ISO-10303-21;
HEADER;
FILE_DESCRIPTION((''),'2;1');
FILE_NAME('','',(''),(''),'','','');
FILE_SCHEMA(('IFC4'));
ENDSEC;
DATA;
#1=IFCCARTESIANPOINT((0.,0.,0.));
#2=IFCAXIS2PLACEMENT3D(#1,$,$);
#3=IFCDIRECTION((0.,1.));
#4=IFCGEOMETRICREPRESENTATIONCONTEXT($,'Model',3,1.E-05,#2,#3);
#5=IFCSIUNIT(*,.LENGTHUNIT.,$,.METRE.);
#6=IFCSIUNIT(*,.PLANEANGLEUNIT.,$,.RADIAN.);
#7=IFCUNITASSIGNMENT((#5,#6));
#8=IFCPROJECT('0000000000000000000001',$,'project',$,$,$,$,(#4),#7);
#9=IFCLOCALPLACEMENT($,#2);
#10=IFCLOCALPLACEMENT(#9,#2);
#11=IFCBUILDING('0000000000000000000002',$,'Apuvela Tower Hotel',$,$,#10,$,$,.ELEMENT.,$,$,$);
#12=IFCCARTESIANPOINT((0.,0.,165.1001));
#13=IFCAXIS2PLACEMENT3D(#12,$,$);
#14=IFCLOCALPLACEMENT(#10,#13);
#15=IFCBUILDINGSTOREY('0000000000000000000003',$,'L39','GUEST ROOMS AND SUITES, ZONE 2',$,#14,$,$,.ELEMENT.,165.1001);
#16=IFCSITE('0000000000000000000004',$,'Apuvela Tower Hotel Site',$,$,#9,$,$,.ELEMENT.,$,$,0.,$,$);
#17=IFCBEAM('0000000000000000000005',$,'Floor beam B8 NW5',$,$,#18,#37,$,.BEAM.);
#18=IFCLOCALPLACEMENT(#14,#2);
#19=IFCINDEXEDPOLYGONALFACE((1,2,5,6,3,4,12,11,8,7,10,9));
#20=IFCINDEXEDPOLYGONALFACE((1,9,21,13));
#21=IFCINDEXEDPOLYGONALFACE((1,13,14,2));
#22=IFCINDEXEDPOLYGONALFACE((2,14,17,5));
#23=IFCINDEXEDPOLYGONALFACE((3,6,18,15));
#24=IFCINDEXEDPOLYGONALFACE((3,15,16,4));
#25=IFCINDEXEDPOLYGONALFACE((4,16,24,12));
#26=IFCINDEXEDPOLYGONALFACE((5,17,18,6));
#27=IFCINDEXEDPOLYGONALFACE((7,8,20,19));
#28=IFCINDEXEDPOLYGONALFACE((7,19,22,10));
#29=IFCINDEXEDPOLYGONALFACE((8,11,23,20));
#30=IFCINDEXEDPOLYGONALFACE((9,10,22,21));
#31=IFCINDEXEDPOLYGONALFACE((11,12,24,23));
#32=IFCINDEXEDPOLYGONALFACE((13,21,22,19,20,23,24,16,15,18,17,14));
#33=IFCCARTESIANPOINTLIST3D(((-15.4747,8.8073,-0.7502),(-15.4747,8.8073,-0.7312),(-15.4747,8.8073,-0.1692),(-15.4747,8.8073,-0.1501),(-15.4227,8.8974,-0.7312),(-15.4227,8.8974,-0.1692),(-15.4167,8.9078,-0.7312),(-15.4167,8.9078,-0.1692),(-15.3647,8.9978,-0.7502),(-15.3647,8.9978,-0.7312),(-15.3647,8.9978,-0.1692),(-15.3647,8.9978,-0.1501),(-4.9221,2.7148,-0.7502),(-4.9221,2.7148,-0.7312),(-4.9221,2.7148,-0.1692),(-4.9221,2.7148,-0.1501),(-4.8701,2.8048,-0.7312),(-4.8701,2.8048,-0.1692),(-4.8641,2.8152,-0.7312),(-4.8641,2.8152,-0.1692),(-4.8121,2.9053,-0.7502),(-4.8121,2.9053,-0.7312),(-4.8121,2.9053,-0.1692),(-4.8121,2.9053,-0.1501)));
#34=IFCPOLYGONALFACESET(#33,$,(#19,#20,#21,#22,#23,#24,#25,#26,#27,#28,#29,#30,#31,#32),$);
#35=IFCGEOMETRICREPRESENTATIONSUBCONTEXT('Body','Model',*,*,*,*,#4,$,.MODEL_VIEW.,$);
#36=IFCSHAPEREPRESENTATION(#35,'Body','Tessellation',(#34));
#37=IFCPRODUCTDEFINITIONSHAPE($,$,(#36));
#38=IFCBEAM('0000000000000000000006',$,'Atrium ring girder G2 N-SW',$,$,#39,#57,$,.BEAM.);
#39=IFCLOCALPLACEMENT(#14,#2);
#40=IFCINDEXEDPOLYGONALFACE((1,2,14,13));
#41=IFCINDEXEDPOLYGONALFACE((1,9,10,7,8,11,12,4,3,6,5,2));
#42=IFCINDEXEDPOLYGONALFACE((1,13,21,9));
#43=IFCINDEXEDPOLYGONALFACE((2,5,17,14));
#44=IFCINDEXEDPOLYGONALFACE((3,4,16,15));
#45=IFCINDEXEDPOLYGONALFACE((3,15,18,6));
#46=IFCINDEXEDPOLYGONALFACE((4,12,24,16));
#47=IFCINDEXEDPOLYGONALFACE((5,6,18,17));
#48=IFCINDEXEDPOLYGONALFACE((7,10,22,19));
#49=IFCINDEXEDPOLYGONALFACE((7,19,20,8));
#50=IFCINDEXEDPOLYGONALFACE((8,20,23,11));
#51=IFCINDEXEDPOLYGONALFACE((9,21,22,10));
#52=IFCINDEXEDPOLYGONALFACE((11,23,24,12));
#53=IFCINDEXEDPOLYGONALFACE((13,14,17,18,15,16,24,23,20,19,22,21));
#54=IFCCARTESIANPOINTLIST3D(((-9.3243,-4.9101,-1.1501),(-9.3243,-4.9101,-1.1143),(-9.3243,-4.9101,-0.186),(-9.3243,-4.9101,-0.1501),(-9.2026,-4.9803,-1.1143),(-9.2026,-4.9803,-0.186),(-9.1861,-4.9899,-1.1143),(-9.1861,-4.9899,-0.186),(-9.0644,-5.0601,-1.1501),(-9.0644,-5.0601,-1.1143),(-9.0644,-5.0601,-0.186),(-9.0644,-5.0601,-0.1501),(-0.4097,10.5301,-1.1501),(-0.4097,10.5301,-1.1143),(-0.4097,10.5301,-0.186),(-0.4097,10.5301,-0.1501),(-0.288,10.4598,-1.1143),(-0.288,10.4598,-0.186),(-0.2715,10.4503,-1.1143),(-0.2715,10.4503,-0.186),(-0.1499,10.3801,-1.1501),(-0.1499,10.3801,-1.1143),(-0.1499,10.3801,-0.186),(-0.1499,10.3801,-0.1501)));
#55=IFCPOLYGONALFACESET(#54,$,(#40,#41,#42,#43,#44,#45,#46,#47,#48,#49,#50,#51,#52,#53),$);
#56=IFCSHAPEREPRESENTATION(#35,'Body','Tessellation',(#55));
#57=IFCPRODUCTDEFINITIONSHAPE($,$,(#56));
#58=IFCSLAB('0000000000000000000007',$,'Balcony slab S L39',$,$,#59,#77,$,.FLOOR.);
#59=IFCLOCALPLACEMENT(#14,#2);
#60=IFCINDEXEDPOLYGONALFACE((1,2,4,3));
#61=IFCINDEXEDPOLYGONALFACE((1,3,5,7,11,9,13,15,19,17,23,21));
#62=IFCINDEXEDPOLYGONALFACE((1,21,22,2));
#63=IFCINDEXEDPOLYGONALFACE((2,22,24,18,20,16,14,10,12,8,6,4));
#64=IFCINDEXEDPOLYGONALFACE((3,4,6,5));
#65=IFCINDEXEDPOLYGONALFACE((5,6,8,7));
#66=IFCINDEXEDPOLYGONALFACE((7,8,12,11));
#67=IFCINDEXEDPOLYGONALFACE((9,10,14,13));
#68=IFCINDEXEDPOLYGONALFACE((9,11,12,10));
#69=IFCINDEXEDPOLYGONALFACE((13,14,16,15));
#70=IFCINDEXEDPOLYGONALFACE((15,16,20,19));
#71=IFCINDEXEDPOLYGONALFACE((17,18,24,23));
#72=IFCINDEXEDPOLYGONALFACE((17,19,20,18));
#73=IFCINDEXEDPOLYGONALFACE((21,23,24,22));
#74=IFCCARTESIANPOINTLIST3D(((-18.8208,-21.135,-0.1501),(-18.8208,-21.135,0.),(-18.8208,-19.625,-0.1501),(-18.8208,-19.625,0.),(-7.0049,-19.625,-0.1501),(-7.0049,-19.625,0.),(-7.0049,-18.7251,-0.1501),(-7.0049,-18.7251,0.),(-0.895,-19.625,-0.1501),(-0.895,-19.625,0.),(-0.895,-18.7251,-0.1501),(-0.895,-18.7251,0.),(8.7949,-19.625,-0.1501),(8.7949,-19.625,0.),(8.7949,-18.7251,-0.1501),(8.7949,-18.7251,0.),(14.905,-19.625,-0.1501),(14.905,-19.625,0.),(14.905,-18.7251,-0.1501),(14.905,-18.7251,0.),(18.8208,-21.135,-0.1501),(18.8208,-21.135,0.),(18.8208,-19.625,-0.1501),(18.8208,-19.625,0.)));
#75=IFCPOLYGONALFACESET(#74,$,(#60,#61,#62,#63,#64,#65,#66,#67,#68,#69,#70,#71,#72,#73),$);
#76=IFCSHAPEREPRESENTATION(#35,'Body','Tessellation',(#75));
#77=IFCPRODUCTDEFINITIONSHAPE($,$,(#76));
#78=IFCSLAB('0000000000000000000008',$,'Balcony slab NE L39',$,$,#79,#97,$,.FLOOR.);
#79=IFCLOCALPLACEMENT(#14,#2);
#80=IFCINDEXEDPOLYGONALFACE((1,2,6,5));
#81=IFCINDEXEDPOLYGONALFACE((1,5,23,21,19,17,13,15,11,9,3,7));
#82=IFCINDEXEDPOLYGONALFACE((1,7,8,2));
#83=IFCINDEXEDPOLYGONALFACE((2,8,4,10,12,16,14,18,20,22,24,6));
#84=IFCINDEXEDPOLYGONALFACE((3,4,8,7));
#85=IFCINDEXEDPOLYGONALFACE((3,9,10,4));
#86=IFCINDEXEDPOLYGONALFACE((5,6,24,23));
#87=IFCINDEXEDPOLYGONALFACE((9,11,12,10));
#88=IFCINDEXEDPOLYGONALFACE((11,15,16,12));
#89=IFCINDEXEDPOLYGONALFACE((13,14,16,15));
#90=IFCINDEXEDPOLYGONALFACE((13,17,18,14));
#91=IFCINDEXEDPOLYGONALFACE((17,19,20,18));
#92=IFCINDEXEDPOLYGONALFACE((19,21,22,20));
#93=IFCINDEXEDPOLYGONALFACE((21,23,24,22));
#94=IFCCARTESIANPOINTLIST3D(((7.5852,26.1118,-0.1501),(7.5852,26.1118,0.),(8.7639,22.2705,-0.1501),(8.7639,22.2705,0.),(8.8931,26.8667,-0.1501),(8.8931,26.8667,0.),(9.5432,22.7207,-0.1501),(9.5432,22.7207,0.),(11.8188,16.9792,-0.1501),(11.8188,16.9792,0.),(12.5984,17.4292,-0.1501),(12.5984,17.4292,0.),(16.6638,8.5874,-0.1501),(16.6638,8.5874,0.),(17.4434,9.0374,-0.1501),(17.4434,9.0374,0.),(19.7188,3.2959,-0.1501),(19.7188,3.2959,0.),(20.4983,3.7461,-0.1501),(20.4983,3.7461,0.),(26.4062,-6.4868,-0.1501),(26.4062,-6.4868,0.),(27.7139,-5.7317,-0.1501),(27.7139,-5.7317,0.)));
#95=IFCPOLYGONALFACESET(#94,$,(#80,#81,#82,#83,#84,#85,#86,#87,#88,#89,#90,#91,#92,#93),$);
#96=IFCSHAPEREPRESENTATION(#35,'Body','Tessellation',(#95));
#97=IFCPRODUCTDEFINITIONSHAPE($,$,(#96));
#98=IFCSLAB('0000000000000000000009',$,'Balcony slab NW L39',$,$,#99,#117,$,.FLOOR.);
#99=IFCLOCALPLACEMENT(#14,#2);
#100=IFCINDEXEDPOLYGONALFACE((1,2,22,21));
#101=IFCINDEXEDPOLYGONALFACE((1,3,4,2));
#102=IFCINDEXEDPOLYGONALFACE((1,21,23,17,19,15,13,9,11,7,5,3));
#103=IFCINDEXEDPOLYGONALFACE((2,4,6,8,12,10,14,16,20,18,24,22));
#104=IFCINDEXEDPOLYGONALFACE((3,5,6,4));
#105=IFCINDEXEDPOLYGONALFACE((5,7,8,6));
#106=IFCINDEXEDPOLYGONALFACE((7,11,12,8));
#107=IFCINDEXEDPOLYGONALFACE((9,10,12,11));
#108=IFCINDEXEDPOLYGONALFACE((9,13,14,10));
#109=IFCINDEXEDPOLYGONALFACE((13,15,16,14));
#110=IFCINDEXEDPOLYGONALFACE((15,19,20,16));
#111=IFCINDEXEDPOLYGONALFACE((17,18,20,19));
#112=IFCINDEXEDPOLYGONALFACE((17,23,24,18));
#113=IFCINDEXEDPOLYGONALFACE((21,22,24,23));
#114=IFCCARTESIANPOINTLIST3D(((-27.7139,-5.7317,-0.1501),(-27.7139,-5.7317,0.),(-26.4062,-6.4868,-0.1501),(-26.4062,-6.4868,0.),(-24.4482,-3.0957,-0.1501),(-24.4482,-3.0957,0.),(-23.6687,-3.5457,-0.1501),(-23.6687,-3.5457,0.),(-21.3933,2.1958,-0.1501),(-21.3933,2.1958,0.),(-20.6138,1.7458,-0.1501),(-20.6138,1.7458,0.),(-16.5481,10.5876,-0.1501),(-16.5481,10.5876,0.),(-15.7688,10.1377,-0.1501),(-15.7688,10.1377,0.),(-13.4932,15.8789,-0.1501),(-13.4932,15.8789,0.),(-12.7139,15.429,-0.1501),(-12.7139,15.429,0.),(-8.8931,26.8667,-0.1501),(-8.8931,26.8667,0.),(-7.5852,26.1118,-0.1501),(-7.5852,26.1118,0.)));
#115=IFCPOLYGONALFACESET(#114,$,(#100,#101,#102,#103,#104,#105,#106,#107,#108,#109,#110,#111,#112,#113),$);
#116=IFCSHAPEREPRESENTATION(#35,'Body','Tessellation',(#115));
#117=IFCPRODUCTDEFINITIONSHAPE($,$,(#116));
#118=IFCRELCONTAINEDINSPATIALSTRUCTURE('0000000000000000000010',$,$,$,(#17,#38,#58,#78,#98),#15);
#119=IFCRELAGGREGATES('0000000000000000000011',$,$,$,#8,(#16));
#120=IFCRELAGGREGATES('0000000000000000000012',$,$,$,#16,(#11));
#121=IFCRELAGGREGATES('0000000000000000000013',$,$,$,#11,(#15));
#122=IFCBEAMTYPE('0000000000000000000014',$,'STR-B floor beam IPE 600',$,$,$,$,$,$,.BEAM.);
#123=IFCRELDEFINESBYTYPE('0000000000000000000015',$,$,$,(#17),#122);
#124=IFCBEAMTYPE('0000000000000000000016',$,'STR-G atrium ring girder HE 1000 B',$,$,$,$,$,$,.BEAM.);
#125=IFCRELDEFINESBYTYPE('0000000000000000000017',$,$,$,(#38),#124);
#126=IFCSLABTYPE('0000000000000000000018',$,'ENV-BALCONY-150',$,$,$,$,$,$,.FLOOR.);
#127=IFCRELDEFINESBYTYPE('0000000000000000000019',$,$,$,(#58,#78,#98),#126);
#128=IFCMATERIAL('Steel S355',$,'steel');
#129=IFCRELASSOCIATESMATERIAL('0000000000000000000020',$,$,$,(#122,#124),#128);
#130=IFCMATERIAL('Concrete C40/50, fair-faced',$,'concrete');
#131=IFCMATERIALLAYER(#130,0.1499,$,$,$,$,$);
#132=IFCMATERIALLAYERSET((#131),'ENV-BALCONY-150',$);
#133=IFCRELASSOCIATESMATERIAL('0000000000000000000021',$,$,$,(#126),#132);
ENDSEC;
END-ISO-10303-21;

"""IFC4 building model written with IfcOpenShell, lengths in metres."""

from ifc_helpers import new_model, si_unit, direction, frame, origin, origin_2d, place, context, subcontext, project, spatial, polyline, i_section, outline, extrude, material, layer, layer_set, material_profile, profile_set, type_object, element, save


model = new_model("IFC4")

# Units and contexts
model_context = context("Model", 3, precision=1e-05, world=origin(), true_north=direction((0.0, 1.0)))
body_context = subcontext(model_context, "Body", "Model", "MODEL_VIEW")
ifc_project = project(units=[si_unit("LENGTHUNIT", "METRE"), si_unit("PLANEANGLEUNIT", "RADIAN")], contexts=[model_context])

# Site, building, storey
site_placement = place(None, origin())
site = spatial("IfcSite", under=ifc_project, at=site_placement, Name="Apuvela Tower Hotel Site", CompositionType="ELEMENT", RefElevation=0.0)
building_placement = place(site_placement, origin())
building = spatial("IfcBuilding", under=site, at=building_placement, Name="Apuvela Tower Hotel", CompositionType="ELEMENT")
storey_placement = place(building_placement, frame((0.0, 0.0, 165.1001)))
storey = spatial("IfcBuildingStorey", under=building, at=storey_placement, Name="L39", Description="GUEST ROOMS AND SUITES, ZONE 2", CompositionType="ELEMENT", Elevation=165.1001)

# Beams
ifc_material_1 = material(Name="Steel S355", Category="steel")
ifc_material_profile_1 = material_profile(ifc_material_1, i_section(OverallWidth=0.22, OverallDepth=0.6001, WebThickness=0.012, FlangeThickness=0.019, at=origin_2d()), Name="IPE 600")
ifc_profile_set_1 = profile_set([ifc_material_profile_1], Name="Steel S355")
beam_type_1 = type_object("IfcBeamType", Name="STR-B floor beam IPE 600", PredefinedType="BEAM", material=ifc_profile_set_1)
beam_1_placement = place(storey_placement, frame((-15.4197, 8.9026, -0.4502), z_axis=(0.866024, -0.500003, 0.0), x_axis=(0.500003, 0.866024, 0.0)))
element("IfcBeam", 1, at=beam_1_placement, inside=storey, type_object=beam_type_1, Name="Floor beam B8 NW5", PredefinedType="BEAM", context=body_context, shape_type="SweptSolid", body=[
    extrude(i_section(OverallWidth=0.22, OverallDepth=0.6001, WebThickness=0.012, FlangeThickness=0.019, at=origin_2d()), origin(), (0.0, 0.0, 1.0), 12.1851),
])
ifc_material_profile_2 = material_profile(ifc_material_1, i_section(OverallWidth=0.3, OverallDepth=1.0, WebThickness=0.019, FlangeThickness=0.0359, at=origin_2d()), Name="HE 1000 B")
ifc_profile_set_2 = profile_set([ifc_material_profile_2], Name="Steel S355")
beam_type_2 = type_object("IfcBeamType", Name="STR-G atrium ring girder HE 1000 B", PredefinedType="BEAM", material=ifc_profile_set_2)
beam_2_placement = place(storey_placement, frame((-0.2798, 10.4551, -0.6501), z_axis=(-0.500007, -0.866022, 0.0), x_axis=(0.866022, -0.500007, 0.0)))
element("IfcBeam", 2, at=beam_2_placement, inside=storey, type_object=beam_type_2, Name="Atrium ring girder G2 N-SW", PredefinedType="BEAM", context=body_context, shape_type="SweptSolid", body=[
    extrude(i_section(OverallWidth=0.3, OverallDepth=1.0, WebThickness=0.019, FlangeThickness=0.0359, at=origin_2d()), origin(), (0.0, 0.0, 1.0), 17.8289),
])

# Slabs
ifc_material_2 = material(Name="Concrete C40/50, fair-faced", Category="concrete")
ifc_layer_1 = layer(ifc_material_2, 0.1499)
ifc_layer_set_1 = layer_set([ifc_layer_1], Name="ENV-BALCONY-150")
slab_type_1 = type_object("IfcSlabType", Name="ENV-BALCONY-150", PredefinedType="FLOOR", material=ifc_layer_set_1)
slab_1_placement = place(storey_placement, frame((0.0, 0.0, -0.1501)))
element("IfcSlab", 3, at=slab_1_placement, inside=storey, type_object=slab_type_1, Name="Balcony slab S L39", PredefinedType="FLOOR", context=body_context, shape_type="SweptSolid", body=[
    extrude(outline(polyline([(18.8208, -21.135), (-18.8208, -21.135), (-18.8208, -19.625), (-7.0049, -19.625), (-7.0049, -18.7251), (-0.895, -18.7251), (-0.895, -19.625), (8.7949, -19.625), (8.7949, -18.7251), (14.905, -18.7251), (14.905, -19.625), (18.8208, -19.625), (18.8208, -21.135)])), origin(), (0.0, 0.0, 1.0), 0.1501),
])
slab_2_placement = place(storey_placement, frame((0.0, 0.0, -0.1501)))
element("IfcSlab", 4, at=slab_2_placement, inside=storey, type_object=slab_type_1, Name="Balcony slab NE L39", PredefinedType="FLOOR", context=body_context, shape_type="SweptSolid", body=[
    extrude(outline(polyline([(17.4434, 9.0374), (12.5984, 17.4292), (11.8188, 16.9792), (8.7639, 22.2705), (9.5432, 22.7207), (7.5852, 26.1118), (8.8931, 26.8667), (27.7139, -5.7317), (26.4062, -6.4868), (20.4983, 3.7461), (19.7188, 3.2959), (16.6638, 8.5874), (17.4434, 9.0374)])), origin(), (0.0, 0.0, 1.0), 0.1501),
])
slab_3_placement = place(storey_placement, frame((0.0, 0.0, -0.1501)))
element("IfcSlab", 5, at=slab_3_placement, inside=storey, type_object=slab_type_1, Name="Balcony slab NW L39", PredefinedType="FLOOR", context=body_context, shape_type="SweptSolid", body=[
    extrude(outline(polyline([(-27.7139, -5.7317), (-8.8931, 26.8667), (-7.5852, 26.1118), (-13.4932, 15.8789), (-12.7139, 15.429), (-15.7688, 10.1377), (-16.5481, 10.5876), (-21.3933, 2.1958), (-20.6138, 1.7458), (-23.6687, -3.5457), (-24.4482, -3.0957), (-26.4062, -6.4868), (-27.7139, -5.7317)])), origin(), (0.0, 0.0, 1.0), 0.1501),
])

save(model, "model.ifc")
